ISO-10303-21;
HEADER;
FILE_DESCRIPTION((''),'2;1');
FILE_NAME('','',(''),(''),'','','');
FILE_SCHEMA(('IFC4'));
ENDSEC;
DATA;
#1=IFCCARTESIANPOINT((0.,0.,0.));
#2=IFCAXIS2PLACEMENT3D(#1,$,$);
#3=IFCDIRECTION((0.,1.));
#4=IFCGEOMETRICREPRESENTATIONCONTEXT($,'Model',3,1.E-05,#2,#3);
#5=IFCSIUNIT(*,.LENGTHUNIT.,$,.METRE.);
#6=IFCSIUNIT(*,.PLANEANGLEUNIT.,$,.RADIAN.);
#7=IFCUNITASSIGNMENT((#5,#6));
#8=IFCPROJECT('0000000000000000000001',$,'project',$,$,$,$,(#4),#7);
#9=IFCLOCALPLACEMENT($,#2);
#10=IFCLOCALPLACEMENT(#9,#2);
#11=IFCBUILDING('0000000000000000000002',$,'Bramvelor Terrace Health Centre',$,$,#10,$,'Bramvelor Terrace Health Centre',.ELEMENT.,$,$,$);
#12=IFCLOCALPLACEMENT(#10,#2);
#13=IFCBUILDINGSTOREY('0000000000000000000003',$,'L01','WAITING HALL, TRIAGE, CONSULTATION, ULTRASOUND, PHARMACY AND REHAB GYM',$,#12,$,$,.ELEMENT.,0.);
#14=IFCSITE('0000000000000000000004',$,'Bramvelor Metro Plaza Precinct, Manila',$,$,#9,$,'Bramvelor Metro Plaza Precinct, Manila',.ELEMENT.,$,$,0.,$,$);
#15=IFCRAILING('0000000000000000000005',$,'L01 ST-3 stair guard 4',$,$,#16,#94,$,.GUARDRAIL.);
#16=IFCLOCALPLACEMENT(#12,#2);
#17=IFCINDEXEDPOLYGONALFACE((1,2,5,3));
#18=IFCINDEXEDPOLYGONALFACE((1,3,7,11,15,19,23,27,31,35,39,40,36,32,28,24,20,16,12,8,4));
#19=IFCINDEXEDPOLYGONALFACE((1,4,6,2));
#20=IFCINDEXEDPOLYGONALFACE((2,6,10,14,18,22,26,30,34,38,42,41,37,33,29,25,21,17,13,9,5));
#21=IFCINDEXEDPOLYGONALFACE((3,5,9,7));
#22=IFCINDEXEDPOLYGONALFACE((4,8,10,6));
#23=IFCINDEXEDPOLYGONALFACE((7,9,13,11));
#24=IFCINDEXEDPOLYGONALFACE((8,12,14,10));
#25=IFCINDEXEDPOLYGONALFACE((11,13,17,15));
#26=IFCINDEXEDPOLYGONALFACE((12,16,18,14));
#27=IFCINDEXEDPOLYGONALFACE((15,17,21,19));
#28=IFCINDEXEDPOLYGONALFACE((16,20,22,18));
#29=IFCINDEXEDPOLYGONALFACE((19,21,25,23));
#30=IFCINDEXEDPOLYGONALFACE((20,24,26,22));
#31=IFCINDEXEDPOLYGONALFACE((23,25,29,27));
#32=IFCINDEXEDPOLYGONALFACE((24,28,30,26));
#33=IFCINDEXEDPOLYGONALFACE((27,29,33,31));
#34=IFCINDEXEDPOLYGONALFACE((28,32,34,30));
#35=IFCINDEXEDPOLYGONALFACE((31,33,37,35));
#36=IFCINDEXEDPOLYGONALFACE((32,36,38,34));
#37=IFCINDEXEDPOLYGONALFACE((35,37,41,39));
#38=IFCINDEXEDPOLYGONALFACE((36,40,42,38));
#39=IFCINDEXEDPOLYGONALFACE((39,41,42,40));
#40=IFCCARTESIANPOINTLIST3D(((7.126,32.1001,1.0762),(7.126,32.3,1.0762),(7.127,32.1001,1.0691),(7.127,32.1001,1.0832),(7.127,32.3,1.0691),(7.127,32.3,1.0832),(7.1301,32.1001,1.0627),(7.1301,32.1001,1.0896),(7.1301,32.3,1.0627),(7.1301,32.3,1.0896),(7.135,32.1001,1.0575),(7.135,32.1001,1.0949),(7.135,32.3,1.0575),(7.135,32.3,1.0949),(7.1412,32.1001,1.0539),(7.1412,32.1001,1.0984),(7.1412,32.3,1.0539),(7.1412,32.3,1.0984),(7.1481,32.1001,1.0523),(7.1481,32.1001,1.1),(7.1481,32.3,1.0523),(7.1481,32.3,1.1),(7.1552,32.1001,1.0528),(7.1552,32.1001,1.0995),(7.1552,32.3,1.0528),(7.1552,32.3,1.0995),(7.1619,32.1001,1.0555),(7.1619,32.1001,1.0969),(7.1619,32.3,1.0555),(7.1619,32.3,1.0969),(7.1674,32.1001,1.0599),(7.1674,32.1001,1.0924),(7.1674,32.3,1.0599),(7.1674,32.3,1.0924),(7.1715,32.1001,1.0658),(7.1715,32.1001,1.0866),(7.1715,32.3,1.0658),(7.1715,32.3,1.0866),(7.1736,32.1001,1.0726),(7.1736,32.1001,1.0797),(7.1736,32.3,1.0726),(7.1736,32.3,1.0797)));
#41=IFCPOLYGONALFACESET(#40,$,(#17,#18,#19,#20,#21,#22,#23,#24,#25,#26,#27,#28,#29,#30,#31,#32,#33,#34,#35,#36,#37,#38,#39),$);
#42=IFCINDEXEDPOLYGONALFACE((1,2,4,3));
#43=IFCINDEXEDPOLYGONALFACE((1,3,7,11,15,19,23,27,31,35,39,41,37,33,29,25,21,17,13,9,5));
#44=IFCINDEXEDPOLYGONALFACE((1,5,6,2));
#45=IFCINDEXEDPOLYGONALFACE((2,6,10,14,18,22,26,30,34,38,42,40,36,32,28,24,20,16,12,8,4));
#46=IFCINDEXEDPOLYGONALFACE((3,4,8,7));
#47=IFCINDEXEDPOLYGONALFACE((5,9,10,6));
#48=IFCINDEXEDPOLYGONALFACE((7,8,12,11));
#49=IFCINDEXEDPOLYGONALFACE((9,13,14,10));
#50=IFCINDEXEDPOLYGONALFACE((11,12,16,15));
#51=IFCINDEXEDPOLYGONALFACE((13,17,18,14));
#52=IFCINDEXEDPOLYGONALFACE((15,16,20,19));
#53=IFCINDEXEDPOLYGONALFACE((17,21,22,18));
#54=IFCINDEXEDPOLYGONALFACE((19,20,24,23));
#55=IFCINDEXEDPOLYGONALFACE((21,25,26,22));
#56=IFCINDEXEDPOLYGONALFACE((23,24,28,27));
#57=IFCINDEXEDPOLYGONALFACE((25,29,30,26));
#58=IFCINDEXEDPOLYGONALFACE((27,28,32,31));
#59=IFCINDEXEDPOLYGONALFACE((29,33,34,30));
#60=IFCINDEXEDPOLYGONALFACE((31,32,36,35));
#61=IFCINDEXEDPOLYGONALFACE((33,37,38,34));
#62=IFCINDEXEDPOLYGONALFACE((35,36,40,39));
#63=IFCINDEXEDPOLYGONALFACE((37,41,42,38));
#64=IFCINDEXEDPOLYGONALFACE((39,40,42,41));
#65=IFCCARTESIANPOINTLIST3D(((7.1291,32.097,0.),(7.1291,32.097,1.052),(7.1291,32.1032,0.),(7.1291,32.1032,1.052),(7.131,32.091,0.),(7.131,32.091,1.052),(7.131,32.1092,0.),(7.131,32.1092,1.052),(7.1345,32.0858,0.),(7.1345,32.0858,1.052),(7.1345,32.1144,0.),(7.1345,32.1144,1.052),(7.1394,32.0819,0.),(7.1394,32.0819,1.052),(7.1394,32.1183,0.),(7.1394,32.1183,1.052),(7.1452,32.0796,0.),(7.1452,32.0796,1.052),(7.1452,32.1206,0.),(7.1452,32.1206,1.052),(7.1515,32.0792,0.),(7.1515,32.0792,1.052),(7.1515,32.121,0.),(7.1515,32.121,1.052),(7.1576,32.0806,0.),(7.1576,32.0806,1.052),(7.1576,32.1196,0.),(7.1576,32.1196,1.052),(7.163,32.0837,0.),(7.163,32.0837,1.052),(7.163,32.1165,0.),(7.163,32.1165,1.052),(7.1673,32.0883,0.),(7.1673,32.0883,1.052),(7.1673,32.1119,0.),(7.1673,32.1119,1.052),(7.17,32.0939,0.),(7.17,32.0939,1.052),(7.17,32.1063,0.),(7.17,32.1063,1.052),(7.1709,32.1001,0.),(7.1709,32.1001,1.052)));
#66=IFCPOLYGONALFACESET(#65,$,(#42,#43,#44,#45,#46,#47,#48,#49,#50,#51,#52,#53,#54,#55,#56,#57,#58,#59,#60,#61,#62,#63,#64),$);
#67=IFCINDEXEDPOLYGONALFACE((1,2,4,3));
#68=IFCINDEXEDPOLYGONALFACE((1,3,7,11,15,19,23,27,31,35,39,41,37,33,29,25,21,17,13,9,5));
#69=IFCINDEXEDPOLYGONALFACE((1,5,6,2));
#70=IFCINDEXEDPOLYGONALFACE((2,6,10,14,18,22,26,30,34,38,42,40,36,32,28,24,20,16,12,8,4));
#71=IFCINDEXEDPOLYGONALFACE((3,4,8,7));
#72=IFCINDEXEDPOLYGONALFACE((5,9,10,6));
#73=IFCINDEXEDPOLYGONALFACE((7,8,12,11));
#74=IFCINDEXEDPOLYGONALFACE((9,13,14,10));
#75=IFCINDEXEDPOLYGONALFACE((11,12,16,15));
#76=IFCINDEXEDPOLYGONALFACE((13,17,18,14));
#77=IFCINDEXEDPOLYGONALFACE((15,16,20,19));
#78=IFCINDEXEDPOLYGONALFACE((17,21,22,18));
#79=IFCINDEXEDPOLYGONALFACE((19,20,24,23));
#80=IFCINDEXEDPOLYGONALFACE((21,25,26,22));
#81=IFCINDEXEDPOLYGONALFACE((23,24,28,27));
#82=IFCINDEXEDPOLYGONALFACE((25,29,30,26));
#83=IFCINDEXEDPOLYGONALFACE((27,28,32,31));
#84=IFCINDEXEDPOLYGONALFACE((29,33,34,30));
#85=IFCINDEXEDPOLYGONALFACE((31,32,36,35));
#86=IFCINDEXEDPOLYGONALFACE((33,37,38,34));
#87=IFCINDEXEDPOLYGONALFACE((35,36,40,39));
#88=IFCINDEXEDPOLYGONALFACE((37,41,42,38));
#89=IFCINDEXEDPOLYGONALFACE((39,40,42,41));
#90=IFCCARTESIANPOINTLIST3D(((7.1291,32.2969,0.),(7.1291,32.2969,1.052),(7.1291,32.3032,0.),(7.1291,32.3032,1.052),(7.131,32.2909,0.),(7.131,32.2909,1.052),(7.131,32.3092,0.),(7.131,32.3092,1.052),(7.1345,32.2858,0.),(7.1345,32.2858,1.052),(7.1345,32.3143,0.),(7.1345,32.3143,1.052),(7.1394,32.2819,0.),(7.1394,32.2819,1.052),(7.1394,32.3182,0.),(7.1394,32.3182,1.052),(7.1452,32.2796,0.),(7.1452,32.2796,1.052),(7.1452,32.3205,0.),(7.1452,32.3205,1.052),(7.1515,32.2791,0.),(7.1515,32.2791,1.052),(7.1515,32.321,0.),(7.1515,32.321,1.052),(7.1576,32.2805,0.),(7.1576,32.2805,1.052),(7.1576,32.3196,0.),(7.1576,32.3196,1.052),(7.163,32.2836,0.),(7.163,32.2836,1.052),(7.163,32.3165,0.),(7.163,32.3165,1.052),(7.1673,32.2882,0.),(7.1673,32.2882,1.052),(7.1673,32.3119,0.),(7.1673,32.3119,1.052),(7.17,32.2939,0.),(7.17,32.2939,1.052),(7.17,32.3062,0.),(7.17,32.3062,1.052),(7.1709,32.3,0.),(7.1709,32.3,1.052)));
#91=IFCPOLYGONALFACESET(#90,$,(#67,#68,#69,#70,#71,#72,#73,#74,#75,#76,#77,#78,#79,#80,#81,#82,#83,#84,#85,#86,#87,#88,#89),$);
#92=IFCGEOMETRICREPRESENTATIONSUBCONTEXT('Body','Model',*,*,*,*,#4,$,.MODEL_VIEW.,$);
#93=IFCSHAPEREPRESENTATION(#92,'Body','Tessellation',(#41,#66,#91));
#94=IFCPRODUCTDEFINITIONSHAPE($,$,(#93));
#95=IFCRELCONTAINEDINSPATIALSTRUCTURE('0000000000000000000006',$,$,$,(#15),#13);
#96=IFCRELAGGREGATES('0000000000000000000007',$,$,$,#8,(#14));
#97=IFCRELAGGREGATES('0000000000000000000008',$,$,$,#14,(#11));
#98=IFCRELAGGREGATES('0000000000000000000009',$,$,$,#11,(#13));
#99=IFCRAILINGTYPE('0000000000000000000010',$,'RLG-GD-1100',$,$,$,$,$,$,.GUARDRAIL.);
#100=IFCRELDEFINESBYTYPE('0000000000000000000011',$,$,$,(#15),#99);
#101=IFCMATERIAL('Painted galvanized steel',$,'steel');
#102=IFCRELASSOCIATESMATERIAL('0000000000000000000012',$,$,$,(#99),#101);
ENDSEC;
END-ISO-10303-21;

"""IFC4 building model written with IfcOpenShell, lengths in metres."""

from ifc_helpers import new_model, si_unit, direction, frame, origin, origin_2d, place, context, subcontext, project, spatial, circle, extrude, material, type_object, element, save


model = new_model("IFC4")

# Units and contexts
model_context = context("Model", 3, precision=1e-05, world=origin(), true_north=direction((0.0, 1.0)))
body_context = subcontext(model_context, "Body", "Model", "MODEL_VIEW")
ifc_project = project(units=[si_unit("LENGTHUNIT", "METRE"), si_unit("PLANEANGLEUNIT", "RADIAN")], contexts=[model_context])

# Site, building, storey
site_placement = place(None, origin())
site = spatial("IfcSite", under=ifc_project, at=site_placement, Name="Bramvelor Metro Plaza Precinct, Manila", LongName="Bramvelor Metro Plaza Precinct, Manila", CompositionType="ELEMENT", RefElevation=0.0)
building_placement = place(site_placement, origin())
building = spatial("IfcBuilding", under=site, at=building_placement, Name="Bramvelor Terrace Health Centre", LongName="Bramvelor Terrace Health Centre", CompositionType="ELEMENT")
storey_placement = place(building_placement, origin())
storey = spatial("IfcBuildingStorey", under=building, at=storey_placement, Name="L01", Description="WAITING HALL, TRIAGE, CONSULTATION, ULTRASOUND, PHARMACY AND REHAB GYM", CompositionType="ELEMENT", Elevation=0.0)

# Railing
ifc_material_1 = material(Name="Painted galvanized steel", Category="steel")
railing_type_1 = type_object("IfcRailingType", Name="RLG-GD-1100", PredefinedType="GUARDRAIL", material=ifc_material_1)
railing_1_placement = place(storey_placement, frame((7.1499, 32.1001, 0.0)))
element("IfcRailing", 1, at=railing_1_placement, inside=storey, type_object=railing_type_1, Name="L01 ST-3 stair guard 4", PredefinedType="GUARDRAIL", context=body_context, shape_type="SweptSolid", body=[
    extrude(circle(Radius=0.0239, at=origin_2d()), frame((0.0, 0.0, 1.0762), z_axis=(0.0, 1.0, 0.0), x_axis=(-1.0, 0.0, 0.0)), (0.0, 0.0, 1.0), 0.2),
    extrude(circle(Radius=0.021, at=origin_2d()), origin(), (0.0, 0.0, 1.0), 1.052),
    extrude(circle(Radius=0.021, at=origin_2d()), frame((0.0, 0.2, 0.0)), (0.0, 0.0, 1.0), 1.052),
])

save(model, "model.ifc")
